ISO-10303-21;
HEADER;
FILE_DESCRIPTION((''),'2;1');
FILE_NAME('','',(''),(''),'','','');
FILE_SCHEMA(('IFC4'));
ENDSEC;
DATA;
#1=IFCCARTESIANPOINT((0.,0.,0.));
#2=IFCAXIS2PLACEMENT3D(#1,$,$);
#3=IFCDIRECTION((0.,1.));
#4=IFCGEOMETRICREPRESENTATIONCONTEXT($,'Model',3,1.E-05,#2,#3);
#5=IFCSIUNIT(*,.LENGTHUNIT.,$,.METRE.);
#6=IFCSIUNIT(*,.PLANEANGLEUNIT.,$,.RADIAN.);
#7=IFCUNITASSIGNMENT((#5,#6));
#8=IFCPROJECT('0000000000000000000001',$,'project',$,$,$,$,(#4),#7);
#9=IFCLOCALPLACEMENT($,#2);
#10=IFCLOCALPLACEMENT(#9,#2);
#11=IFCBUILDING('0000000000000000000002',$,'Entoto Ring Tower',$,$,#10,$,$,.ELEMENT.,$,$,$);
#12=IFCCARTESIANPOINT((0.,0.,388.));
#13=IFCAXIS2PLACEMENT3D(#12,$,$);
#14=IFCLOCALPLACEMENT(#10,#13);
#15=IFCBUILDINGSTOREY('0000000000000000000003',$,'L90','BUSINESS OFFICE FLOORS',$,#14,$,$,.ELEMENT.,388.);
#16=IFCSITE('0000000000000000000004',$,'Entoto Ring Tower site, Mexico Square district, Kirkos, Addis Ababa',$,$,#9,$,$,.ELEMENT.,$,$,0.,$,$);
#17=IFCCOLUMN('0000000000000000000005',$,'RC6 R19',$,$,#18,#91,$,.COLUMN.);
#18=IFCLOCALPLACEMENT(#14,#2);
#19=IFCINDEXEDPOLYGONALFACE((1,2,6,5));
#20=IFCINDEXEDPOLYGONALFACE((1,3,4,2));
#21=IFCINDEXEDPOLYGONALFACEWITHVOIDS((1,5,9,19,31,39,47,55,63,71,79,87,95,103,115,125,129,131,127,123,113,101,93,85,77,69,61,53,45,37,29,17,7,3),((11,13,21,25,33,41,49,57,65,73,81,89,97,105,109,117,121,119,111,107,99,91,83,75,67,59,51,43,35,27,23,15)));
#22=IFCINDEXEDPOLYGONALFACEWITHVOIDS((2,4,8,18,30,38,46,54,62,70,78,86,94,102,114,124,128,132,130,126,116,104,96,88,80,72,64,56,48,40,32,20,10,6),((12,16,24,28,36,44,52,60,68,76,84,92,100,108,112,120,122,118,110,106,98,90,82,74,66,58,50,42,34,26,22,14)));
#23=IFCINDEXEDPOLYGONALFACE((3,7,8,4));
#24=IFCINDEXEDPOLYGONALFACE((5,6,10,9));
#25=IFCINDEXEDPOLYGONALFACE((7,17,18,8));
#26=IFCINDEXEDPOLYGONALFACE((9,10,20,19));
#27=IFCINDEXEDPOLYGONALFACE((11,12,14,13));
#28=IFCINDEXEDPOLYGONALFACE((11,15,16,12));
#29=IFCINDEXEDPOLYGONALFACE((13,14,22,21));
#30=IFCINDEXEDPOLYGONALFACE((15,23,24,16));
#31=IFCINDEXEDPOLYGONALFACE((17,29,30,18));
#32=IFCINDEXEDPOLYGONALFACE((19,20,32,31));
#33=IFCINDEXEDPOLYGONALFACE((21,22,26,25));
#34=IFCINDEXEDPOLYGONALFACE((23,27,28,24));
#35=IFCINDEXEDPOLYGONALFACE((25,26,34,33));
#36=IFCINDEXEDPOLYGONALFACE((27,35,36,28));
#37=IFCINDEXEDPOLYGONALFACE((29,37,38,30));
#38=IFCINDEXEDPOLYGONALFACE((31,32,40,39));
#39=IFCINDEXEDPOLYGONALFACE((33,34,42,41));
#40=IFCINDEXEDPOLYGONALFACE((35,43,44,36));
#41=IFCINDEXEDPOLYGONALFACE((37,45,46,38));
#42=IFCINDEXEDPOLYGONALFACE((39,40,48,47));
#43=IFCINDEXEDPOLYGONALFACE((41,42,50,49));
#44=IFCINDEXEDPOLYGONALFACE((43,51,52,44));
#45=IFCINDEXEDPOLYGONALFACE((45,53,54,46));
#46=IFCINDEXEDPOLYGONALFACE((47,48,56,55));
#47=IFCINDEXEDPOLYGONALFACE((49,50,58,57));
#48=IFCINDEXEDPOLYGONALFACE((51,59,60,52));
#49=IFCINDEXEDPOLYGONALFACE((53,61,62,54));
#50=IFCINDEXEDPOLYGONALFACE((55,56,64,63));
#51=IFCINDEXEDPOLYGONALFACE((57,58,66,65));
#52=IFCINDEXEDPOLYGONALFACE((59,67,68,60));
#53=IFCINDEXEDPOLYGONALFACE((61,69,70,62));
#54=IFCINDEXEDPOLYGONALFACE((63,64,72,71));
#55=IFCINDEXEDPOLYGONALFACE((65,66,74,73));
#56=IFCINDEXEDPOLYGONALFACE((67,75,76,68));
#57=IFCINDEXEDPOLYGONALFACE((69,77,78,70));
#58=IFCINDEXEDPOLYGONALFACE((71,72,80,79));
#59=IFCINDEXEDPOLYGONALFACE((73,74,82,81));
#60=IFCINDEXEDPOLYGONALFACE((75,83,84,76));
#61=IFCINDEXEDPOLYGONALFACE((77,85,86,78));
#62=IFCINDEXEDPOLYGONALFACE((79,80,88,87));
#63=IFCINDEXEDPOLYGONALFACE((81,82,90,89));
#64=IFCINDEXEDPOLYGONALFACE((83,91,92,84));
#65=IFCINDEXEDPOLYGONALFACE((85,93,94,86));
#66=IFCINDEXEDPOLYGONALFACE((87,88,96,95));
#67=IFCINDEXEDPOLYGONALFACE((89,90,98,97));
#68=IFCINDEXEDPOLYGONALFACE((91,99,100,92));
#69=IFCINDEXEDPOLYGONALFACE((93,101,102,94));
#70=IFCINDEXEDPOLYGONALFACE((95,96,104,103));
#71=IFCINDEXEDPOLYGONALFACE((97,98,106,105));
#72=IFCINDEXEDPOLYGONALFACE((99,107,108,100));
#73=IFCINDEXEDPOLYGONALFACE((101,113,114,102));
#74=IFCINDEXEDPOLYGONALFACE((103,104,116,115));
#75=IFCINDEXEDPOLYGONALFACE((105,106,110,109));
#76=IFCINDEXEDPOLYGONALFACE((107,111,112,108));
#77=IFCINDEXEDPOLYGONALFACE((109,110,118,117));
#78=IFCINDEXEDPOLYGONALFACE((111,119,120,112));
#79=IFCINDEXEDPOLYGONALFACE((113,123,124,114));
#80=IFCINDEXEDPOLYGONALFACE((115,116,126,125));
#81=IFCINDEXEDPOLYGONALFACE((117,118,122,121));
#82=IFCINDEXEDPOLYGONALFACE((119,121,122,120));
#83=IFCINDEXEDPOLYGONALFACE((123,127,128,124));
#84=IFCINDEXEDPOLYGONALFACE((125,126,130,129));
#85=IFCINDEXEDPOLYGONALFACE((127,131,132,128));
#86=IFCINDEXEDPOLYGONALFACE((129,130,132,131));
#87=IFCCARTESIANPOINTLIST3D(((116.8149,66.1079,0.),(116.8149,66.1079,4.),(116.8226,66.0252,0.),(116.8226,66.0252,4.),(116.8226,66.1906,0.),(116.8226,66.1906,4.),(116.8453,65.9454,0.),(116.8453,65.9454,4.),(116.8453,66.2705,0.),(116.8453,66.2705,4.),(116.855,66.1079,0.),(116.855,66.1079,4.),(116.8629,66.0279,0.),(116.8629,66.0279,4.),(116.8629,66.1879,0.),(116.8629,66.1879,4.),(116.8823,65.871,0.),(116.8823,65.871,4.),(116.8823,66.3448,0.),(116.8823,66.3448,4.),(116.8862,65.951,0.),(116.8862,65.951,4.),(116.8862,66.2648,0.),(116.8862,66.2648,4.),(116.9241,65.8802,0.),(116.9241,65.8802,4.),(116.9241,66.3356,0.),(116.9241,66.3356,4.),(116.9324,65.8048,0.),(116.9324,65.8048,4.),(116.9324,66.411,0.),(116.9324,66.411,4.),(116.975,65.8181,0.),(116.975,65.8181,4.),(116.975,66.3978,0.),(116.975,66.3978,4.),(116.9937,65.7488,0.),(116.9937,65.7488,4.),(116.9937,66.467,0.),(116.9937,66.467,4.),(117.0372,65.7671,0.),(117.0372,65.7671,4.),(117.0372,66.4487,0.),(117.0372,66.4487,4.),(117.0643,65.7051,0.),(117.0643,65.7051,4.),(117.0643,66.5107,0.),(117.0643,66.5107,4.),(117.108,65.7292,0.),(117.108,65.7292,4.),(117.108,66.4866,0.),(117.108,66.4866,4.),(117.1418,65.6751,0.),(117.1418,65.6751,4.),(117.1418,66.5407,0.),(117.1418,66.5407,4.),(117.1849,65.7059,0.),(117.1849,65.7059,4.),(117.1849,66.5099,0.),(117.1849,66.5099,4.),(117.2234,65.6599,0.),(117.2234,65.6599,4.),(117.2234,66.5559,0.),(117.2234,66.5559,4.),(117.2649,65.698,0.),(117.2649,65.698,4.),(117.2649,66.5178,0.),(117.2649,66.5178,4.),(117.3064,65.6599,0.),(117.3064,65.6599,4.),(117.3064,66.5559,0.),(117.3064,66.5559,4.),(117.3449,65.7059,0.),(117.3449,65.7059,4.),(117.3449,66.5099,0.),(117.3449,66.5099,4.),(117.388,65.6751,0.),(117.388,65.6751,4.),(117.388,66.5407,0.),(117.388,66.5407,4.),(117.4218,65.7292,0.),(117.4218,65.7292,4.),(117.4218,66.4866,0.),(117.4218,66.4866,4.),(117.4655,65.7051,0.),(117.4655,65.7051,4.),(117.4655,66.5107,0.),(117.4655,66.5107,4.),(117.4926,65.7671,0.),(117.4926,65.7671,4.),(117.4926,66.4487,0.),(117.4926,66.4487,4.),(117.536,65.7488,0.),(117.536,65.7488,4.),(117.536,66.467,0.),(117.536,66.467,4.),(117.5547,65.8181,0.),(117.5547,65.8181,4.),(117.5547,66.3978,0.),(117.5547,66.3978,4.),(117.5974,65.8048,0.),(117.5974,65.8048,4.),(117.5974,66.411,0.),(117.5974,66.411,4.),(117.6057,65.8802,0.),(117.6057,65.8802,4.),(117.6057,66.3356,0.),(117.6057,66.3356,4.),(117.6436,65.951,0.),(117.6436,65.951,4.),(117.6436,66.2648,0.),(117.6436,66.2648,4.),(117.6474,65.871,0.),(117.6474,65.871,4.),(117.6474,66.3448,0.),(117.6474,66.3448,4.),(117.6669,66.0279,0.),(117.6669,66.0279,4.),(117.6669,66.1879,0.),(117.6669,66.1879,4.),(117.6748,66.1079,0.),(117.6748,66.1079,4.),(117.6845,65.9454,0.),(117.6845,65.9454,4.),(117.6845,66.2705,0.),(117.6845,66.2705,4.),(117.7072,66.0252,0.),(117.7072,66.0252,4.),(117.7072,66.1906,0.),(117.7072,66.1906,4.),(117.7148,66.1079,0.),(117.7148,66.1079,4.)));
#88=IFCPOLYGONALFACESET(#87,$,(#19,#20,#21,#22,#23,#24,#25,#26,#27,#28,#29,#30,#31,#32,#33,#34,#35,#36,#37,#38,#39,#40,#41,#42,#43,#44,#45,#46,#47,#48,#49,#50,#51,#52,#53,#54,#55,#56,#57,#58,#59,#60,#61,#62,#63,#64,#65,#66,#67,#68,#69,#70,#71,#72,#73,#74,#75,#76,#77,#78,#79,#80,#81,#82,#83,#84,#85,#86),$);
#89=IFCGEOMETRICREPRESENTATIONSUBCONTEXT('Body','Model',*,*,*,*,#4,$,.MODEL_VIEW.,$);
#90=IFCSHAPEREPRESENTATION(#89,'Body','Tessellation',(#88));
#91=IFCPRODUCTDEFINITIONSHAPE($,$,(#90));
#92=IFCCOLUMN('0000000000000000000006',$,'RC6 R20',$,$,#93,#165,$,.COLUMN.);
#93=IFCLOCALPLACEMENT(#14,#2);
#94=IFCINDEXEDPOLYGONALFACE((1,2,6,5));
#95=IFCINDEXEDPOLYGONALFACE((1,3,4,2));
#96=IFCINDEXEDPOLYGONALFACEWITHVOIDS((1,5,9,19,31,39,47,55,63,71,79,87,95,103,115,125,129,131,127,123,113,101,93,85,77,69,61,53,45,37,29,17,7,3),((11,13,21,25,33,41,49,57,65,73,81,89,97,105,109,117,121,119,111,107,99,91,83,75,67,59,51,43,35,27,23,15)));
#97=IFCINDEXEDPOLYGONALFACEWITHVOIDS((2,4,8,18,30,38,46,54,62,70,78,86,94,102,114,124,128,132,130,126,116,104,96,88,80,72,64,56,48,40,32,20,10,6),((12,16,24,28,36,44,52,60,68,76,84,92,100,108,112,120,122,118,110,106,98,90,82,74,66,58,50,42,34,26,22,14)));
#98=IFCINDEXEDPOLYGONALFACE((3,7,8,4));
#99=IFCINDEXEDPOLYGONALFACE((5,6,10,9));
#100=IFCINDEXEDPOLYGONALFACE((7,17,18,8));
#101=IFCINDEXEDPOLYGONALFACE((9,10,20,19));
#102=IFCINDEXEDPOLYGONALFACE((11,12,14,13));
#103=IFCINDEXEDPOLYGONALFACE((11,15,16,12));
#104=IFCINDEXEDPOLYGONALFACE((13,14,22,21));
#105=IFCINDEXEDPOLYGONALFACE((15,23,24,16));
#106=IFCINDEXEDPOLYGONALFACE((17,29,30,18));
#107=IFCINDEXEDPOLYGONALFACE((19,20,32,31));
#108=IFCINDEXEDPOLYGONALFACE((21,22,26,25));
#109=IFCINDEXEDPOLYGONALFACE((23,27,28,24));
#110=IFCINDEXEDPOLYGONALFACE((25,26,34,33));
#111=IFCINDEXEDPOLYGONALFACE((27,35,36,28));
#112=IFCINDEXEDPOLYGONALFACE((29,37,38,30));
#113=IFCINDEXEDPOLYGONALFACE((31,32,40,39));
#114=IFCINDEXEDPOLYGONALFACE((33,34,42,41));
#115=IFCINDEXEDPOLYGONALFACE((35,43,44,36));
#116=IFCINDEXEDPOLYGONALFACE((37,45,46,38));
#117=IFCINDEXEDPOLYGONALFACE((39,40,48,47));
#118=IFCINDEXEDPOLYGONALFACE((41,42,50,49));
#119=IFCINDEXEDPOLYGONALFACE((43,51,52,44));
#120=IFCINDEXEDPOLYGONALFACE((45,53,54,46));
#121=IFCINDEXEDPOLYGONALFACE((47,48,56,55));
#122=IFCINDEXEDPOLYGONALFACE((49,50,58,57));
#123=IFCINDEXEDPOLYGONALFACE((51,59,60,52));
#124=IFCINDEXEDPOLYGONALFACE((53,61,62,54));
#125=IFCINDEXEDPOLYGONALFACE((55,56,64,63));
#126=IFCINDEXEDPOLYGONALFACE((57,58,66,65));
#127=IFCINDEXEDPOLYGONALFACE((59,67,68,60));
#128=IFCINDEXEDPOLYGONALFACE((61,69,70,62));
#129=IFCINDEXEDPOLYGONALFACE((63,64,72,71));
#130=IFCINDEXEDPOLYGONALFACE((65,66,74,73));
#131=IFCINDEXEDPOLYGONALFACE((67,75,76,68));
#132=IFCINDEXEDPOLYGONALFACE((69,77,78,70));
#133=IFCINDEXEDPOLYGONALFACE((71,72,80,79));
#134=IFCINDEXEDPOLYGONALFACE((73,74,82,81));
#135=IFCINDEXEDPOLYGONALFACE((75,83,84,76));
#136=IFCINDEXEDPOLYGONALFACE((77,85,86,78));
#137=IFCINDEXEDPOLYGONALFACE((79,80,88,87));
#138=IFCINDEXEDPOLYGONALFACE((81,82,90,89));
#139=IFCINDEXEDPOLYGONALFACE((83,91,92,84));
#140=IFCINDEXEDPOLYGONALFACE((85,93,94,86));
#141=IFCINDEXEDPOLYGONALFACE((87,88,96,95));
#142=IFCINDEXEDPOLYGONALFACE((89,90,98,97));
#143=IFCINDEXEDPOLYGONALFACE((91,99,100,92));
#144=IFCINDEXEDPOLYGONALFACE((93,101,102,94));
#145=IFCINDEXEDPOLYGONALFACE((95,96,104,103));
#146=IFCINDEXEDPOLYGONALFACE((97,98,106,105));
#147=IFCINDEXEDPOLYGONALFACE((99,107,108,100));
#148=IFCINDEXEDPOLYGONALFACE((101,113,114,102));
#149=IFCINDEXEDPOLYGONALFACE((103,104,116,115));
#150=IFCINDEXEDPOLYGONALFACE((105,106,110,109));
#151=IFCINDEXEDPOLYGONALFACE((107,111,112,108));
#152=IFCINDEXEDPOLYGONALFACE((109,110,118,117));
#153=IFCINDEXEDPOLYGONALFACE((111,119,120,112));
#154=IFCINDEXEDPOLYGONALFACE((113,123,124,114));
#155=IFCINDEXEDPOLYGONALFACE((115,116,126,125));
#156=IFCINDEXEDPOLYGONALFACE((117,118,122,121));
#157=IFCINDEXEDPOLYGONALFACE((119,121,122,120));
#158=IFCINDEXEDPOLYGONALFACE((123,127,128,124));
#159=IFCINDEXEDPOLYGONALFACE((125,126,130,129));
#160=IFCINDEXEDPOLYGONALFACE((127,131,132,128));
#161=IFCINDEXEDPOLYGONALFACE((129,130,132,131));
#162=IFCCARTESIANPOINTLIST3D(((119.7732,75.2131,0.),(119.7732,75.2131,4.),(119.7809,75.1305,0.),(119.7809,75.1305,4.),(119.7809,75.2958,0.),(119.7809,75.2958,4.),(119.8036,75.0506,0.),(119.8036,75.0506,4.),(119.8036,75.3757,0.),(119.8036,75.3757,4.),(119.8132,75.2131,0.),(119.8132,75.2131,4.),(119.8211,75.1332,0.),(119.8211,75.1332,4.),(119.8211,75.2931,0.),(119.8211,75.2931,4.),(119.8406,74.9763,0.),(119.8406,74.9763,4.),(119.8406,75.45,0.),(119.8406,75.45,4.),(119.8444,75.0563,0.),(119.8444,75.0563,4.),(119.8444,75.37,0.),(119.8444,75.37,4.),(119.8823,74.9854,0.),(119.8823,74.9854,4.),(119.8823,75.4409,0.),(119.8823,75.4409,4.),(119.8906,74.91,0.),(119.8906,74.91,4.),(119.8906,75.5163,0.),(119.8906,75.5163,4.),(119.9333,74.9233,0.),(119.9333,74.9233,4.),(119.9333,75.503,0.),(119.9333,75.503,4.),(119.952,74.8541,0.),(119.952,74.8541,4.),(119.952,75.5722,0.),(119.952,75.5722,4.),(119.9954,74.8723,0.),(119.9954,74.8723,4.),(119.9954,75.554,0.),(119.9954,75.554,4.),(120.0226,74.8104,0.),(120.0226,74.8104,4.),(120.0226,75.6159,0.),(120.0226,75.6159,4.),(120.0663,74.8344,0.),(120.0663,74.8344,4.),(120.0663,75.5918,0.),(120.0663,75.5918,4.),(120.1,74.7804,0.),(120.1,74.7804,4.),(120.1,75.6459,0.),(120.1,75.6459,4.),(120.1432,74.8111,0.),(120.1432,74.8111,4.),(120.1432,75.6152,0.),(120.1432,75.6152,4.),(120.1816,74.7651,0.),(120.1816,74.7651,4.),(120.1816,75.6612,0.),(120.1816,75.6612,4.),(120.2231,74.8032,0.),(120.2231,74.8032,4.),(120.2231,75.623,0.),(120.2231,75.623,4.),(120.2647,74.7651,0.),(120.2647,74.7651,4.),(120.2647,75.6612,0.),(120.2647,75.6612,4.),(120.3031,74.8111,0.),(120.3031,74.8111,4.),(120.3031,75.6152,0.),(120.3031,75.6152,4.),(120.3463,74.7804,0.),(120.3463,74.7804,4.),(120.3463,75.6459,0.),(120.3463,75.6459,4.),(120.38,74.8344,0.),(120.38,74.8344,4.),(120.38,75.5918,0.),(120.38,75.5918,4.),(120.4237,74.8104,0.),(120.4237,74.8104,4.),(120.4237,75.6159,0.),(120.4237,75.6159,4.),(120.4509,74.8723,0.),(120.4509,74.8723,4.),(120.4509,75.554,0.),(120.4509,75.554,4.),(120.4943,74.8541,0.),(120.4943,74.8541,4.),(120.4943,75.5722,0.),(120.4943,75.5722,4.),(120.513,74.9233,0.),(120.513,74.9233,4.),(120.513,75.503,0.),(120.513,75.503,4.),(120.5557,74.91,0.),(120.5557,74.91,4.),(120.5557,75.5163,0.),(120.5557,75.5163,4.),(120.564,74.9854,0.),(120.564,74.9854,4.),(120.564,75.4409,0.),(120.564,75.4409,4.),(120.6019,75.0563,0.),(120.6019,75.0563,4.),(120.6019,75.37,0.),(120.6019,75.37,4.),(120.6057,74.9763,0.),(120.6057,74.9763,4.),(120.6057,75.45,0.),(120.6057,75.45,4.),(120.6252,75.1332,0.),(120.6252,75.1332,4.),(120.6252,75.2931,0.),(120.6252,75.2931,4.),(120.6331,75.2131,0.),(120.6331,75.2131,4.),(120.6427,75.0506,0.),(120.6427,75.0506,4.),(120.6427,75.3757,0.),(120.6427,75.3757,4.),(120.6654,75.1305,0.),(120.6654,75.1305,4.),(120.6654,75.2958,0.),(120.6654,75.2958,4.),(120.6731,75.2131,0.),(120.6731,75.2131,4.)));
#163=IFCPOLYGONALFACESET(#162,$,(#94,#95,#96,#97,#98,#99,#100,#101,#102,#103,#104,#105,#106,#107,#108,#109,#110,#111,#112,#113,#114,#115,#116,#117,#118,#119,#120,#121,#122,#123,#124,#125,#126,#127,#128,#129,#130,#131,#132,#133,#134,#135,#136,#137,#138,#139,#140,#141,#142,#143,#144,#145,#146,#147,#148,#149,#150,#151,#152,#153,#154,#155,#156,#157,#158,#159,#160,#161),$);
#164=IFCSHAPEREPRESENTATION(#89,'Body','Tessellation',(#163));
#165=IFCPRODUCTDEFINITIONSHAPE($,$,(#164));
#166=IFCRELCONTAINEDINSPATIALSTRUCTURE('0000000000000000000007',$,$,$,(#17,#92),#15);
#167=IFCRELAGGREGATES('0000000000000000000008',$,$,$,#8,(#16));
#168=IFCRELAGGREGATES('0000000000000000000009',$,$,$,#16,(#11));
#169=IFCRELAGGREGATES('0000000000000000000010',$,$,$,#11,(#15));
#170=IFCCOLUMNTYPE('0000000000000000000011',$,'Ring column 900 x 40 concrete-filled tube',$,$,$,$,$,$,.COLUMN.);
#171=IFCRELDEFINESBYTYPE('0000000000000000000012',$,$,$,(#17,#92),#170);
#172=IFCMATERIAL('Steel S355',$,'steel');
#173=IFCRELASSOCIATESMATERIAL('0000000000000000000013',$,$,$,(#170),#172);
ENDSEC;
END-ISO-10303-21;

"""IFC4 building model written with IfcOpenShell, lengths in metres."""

from ifc_helpers import new_model, si_unit, direction, frame, origin, origin_2d, place, context, subcontext, project, spatial, circle, hollow_circle, extrude, material, material_profile, profile_set, type_object, element, save


model = new_model("IFC4")

# Units and contexts
model_context = context("Model", 3, precision=1e-05, world=origin(), true_north=direction((0.0, 1.0)))
body_context = subcontext(model_context, "Body", "Model", "MODEL_VIEW")
ifc_project = project(units=[si_unit("LENGTHUNIT", "METRE"), si_unit("PLANEANGLEUNIT", "RADIAN")], contexts=[model_context])

# Site, building, storey
site_placement = place(None, origin())
site = spatial("IfcSite", under=ifc_project, at=site_placement, Name="Entoto Ring Tower site, Mexico Square district, Kirkos, Addis Ababa", CompositionType="ELEMENT", RefElevation=0.0)
building_placement = place(site_placement, origin())
building = spatial("IfcBuilding", under=site, at=building_placement, Name="Entoto Ring Tower", CompositionType="ELEMENT")
storey_placement = place(building_placement, frame((0.0, 0.0, 388.0)))
storey = spatial("IfcBuildingStorey", under=building, at=storey_placement, Name="L90", Description="BUSINESS OFFICE FLOORS", CompositionType="ELEMENT", Elevation=388.0)

# Columns
ifc_material_1 = material(Name="Steel S355", Category="steel")
ifc_material_profile_1 = material_profile(ifc_material_1, hollow_circle(Radius=0.45, WallThickness=0.04, at=origin_2d()), Name="CHS 900 x 40")
ifc_material_2 = material(Name="Concrete C60/75", Category="concrete")
ifc_material_profile_2 = material_profile(ifc_material_2, circle(Radius=0.4099, at=origin_2d()), Name="Concrete C60/75 infill")
ifc_profile_set_1 = profile_set([ifc_material_profile_1, ifc_material_profile_2], Name="Steel S355")
column_type = type_object("IfcColumnType", Name="Ring column 900 x 40 concrete-filled tube", PredefinedType="COLUMN", material=ifc_profile_set_1)
for number, where, z_axis, x_axis, name in (
    (1, (117.2649, 66.1079, 0.0), (0.0, 0.0, 1.0), (1.0, 0.0, 0.0), "RC6 R19"),
    (2, (120.2231, 75.2131, 0.0), (0.0, 0.0, 1.0), (1.0, 0.0, 0.0), "RC6 R20"),
):
    element("IfcColumn", number, at=place(storey_placement, frame(where, z_axis=z_axis, x_axis=x_axis)), inside=storey, type_object=column_type, Name=name, PredefinedType="COLUMN", context=body_context, shape_type="SweptSolid", body=[
        extrude(hollow_circle(Radius=0.45, WallThickness=0.04, at=origin_2d()), origin(), (0.0, 0.0, 1.0), 4.0),
    ])

save(model, "model.ifc")
